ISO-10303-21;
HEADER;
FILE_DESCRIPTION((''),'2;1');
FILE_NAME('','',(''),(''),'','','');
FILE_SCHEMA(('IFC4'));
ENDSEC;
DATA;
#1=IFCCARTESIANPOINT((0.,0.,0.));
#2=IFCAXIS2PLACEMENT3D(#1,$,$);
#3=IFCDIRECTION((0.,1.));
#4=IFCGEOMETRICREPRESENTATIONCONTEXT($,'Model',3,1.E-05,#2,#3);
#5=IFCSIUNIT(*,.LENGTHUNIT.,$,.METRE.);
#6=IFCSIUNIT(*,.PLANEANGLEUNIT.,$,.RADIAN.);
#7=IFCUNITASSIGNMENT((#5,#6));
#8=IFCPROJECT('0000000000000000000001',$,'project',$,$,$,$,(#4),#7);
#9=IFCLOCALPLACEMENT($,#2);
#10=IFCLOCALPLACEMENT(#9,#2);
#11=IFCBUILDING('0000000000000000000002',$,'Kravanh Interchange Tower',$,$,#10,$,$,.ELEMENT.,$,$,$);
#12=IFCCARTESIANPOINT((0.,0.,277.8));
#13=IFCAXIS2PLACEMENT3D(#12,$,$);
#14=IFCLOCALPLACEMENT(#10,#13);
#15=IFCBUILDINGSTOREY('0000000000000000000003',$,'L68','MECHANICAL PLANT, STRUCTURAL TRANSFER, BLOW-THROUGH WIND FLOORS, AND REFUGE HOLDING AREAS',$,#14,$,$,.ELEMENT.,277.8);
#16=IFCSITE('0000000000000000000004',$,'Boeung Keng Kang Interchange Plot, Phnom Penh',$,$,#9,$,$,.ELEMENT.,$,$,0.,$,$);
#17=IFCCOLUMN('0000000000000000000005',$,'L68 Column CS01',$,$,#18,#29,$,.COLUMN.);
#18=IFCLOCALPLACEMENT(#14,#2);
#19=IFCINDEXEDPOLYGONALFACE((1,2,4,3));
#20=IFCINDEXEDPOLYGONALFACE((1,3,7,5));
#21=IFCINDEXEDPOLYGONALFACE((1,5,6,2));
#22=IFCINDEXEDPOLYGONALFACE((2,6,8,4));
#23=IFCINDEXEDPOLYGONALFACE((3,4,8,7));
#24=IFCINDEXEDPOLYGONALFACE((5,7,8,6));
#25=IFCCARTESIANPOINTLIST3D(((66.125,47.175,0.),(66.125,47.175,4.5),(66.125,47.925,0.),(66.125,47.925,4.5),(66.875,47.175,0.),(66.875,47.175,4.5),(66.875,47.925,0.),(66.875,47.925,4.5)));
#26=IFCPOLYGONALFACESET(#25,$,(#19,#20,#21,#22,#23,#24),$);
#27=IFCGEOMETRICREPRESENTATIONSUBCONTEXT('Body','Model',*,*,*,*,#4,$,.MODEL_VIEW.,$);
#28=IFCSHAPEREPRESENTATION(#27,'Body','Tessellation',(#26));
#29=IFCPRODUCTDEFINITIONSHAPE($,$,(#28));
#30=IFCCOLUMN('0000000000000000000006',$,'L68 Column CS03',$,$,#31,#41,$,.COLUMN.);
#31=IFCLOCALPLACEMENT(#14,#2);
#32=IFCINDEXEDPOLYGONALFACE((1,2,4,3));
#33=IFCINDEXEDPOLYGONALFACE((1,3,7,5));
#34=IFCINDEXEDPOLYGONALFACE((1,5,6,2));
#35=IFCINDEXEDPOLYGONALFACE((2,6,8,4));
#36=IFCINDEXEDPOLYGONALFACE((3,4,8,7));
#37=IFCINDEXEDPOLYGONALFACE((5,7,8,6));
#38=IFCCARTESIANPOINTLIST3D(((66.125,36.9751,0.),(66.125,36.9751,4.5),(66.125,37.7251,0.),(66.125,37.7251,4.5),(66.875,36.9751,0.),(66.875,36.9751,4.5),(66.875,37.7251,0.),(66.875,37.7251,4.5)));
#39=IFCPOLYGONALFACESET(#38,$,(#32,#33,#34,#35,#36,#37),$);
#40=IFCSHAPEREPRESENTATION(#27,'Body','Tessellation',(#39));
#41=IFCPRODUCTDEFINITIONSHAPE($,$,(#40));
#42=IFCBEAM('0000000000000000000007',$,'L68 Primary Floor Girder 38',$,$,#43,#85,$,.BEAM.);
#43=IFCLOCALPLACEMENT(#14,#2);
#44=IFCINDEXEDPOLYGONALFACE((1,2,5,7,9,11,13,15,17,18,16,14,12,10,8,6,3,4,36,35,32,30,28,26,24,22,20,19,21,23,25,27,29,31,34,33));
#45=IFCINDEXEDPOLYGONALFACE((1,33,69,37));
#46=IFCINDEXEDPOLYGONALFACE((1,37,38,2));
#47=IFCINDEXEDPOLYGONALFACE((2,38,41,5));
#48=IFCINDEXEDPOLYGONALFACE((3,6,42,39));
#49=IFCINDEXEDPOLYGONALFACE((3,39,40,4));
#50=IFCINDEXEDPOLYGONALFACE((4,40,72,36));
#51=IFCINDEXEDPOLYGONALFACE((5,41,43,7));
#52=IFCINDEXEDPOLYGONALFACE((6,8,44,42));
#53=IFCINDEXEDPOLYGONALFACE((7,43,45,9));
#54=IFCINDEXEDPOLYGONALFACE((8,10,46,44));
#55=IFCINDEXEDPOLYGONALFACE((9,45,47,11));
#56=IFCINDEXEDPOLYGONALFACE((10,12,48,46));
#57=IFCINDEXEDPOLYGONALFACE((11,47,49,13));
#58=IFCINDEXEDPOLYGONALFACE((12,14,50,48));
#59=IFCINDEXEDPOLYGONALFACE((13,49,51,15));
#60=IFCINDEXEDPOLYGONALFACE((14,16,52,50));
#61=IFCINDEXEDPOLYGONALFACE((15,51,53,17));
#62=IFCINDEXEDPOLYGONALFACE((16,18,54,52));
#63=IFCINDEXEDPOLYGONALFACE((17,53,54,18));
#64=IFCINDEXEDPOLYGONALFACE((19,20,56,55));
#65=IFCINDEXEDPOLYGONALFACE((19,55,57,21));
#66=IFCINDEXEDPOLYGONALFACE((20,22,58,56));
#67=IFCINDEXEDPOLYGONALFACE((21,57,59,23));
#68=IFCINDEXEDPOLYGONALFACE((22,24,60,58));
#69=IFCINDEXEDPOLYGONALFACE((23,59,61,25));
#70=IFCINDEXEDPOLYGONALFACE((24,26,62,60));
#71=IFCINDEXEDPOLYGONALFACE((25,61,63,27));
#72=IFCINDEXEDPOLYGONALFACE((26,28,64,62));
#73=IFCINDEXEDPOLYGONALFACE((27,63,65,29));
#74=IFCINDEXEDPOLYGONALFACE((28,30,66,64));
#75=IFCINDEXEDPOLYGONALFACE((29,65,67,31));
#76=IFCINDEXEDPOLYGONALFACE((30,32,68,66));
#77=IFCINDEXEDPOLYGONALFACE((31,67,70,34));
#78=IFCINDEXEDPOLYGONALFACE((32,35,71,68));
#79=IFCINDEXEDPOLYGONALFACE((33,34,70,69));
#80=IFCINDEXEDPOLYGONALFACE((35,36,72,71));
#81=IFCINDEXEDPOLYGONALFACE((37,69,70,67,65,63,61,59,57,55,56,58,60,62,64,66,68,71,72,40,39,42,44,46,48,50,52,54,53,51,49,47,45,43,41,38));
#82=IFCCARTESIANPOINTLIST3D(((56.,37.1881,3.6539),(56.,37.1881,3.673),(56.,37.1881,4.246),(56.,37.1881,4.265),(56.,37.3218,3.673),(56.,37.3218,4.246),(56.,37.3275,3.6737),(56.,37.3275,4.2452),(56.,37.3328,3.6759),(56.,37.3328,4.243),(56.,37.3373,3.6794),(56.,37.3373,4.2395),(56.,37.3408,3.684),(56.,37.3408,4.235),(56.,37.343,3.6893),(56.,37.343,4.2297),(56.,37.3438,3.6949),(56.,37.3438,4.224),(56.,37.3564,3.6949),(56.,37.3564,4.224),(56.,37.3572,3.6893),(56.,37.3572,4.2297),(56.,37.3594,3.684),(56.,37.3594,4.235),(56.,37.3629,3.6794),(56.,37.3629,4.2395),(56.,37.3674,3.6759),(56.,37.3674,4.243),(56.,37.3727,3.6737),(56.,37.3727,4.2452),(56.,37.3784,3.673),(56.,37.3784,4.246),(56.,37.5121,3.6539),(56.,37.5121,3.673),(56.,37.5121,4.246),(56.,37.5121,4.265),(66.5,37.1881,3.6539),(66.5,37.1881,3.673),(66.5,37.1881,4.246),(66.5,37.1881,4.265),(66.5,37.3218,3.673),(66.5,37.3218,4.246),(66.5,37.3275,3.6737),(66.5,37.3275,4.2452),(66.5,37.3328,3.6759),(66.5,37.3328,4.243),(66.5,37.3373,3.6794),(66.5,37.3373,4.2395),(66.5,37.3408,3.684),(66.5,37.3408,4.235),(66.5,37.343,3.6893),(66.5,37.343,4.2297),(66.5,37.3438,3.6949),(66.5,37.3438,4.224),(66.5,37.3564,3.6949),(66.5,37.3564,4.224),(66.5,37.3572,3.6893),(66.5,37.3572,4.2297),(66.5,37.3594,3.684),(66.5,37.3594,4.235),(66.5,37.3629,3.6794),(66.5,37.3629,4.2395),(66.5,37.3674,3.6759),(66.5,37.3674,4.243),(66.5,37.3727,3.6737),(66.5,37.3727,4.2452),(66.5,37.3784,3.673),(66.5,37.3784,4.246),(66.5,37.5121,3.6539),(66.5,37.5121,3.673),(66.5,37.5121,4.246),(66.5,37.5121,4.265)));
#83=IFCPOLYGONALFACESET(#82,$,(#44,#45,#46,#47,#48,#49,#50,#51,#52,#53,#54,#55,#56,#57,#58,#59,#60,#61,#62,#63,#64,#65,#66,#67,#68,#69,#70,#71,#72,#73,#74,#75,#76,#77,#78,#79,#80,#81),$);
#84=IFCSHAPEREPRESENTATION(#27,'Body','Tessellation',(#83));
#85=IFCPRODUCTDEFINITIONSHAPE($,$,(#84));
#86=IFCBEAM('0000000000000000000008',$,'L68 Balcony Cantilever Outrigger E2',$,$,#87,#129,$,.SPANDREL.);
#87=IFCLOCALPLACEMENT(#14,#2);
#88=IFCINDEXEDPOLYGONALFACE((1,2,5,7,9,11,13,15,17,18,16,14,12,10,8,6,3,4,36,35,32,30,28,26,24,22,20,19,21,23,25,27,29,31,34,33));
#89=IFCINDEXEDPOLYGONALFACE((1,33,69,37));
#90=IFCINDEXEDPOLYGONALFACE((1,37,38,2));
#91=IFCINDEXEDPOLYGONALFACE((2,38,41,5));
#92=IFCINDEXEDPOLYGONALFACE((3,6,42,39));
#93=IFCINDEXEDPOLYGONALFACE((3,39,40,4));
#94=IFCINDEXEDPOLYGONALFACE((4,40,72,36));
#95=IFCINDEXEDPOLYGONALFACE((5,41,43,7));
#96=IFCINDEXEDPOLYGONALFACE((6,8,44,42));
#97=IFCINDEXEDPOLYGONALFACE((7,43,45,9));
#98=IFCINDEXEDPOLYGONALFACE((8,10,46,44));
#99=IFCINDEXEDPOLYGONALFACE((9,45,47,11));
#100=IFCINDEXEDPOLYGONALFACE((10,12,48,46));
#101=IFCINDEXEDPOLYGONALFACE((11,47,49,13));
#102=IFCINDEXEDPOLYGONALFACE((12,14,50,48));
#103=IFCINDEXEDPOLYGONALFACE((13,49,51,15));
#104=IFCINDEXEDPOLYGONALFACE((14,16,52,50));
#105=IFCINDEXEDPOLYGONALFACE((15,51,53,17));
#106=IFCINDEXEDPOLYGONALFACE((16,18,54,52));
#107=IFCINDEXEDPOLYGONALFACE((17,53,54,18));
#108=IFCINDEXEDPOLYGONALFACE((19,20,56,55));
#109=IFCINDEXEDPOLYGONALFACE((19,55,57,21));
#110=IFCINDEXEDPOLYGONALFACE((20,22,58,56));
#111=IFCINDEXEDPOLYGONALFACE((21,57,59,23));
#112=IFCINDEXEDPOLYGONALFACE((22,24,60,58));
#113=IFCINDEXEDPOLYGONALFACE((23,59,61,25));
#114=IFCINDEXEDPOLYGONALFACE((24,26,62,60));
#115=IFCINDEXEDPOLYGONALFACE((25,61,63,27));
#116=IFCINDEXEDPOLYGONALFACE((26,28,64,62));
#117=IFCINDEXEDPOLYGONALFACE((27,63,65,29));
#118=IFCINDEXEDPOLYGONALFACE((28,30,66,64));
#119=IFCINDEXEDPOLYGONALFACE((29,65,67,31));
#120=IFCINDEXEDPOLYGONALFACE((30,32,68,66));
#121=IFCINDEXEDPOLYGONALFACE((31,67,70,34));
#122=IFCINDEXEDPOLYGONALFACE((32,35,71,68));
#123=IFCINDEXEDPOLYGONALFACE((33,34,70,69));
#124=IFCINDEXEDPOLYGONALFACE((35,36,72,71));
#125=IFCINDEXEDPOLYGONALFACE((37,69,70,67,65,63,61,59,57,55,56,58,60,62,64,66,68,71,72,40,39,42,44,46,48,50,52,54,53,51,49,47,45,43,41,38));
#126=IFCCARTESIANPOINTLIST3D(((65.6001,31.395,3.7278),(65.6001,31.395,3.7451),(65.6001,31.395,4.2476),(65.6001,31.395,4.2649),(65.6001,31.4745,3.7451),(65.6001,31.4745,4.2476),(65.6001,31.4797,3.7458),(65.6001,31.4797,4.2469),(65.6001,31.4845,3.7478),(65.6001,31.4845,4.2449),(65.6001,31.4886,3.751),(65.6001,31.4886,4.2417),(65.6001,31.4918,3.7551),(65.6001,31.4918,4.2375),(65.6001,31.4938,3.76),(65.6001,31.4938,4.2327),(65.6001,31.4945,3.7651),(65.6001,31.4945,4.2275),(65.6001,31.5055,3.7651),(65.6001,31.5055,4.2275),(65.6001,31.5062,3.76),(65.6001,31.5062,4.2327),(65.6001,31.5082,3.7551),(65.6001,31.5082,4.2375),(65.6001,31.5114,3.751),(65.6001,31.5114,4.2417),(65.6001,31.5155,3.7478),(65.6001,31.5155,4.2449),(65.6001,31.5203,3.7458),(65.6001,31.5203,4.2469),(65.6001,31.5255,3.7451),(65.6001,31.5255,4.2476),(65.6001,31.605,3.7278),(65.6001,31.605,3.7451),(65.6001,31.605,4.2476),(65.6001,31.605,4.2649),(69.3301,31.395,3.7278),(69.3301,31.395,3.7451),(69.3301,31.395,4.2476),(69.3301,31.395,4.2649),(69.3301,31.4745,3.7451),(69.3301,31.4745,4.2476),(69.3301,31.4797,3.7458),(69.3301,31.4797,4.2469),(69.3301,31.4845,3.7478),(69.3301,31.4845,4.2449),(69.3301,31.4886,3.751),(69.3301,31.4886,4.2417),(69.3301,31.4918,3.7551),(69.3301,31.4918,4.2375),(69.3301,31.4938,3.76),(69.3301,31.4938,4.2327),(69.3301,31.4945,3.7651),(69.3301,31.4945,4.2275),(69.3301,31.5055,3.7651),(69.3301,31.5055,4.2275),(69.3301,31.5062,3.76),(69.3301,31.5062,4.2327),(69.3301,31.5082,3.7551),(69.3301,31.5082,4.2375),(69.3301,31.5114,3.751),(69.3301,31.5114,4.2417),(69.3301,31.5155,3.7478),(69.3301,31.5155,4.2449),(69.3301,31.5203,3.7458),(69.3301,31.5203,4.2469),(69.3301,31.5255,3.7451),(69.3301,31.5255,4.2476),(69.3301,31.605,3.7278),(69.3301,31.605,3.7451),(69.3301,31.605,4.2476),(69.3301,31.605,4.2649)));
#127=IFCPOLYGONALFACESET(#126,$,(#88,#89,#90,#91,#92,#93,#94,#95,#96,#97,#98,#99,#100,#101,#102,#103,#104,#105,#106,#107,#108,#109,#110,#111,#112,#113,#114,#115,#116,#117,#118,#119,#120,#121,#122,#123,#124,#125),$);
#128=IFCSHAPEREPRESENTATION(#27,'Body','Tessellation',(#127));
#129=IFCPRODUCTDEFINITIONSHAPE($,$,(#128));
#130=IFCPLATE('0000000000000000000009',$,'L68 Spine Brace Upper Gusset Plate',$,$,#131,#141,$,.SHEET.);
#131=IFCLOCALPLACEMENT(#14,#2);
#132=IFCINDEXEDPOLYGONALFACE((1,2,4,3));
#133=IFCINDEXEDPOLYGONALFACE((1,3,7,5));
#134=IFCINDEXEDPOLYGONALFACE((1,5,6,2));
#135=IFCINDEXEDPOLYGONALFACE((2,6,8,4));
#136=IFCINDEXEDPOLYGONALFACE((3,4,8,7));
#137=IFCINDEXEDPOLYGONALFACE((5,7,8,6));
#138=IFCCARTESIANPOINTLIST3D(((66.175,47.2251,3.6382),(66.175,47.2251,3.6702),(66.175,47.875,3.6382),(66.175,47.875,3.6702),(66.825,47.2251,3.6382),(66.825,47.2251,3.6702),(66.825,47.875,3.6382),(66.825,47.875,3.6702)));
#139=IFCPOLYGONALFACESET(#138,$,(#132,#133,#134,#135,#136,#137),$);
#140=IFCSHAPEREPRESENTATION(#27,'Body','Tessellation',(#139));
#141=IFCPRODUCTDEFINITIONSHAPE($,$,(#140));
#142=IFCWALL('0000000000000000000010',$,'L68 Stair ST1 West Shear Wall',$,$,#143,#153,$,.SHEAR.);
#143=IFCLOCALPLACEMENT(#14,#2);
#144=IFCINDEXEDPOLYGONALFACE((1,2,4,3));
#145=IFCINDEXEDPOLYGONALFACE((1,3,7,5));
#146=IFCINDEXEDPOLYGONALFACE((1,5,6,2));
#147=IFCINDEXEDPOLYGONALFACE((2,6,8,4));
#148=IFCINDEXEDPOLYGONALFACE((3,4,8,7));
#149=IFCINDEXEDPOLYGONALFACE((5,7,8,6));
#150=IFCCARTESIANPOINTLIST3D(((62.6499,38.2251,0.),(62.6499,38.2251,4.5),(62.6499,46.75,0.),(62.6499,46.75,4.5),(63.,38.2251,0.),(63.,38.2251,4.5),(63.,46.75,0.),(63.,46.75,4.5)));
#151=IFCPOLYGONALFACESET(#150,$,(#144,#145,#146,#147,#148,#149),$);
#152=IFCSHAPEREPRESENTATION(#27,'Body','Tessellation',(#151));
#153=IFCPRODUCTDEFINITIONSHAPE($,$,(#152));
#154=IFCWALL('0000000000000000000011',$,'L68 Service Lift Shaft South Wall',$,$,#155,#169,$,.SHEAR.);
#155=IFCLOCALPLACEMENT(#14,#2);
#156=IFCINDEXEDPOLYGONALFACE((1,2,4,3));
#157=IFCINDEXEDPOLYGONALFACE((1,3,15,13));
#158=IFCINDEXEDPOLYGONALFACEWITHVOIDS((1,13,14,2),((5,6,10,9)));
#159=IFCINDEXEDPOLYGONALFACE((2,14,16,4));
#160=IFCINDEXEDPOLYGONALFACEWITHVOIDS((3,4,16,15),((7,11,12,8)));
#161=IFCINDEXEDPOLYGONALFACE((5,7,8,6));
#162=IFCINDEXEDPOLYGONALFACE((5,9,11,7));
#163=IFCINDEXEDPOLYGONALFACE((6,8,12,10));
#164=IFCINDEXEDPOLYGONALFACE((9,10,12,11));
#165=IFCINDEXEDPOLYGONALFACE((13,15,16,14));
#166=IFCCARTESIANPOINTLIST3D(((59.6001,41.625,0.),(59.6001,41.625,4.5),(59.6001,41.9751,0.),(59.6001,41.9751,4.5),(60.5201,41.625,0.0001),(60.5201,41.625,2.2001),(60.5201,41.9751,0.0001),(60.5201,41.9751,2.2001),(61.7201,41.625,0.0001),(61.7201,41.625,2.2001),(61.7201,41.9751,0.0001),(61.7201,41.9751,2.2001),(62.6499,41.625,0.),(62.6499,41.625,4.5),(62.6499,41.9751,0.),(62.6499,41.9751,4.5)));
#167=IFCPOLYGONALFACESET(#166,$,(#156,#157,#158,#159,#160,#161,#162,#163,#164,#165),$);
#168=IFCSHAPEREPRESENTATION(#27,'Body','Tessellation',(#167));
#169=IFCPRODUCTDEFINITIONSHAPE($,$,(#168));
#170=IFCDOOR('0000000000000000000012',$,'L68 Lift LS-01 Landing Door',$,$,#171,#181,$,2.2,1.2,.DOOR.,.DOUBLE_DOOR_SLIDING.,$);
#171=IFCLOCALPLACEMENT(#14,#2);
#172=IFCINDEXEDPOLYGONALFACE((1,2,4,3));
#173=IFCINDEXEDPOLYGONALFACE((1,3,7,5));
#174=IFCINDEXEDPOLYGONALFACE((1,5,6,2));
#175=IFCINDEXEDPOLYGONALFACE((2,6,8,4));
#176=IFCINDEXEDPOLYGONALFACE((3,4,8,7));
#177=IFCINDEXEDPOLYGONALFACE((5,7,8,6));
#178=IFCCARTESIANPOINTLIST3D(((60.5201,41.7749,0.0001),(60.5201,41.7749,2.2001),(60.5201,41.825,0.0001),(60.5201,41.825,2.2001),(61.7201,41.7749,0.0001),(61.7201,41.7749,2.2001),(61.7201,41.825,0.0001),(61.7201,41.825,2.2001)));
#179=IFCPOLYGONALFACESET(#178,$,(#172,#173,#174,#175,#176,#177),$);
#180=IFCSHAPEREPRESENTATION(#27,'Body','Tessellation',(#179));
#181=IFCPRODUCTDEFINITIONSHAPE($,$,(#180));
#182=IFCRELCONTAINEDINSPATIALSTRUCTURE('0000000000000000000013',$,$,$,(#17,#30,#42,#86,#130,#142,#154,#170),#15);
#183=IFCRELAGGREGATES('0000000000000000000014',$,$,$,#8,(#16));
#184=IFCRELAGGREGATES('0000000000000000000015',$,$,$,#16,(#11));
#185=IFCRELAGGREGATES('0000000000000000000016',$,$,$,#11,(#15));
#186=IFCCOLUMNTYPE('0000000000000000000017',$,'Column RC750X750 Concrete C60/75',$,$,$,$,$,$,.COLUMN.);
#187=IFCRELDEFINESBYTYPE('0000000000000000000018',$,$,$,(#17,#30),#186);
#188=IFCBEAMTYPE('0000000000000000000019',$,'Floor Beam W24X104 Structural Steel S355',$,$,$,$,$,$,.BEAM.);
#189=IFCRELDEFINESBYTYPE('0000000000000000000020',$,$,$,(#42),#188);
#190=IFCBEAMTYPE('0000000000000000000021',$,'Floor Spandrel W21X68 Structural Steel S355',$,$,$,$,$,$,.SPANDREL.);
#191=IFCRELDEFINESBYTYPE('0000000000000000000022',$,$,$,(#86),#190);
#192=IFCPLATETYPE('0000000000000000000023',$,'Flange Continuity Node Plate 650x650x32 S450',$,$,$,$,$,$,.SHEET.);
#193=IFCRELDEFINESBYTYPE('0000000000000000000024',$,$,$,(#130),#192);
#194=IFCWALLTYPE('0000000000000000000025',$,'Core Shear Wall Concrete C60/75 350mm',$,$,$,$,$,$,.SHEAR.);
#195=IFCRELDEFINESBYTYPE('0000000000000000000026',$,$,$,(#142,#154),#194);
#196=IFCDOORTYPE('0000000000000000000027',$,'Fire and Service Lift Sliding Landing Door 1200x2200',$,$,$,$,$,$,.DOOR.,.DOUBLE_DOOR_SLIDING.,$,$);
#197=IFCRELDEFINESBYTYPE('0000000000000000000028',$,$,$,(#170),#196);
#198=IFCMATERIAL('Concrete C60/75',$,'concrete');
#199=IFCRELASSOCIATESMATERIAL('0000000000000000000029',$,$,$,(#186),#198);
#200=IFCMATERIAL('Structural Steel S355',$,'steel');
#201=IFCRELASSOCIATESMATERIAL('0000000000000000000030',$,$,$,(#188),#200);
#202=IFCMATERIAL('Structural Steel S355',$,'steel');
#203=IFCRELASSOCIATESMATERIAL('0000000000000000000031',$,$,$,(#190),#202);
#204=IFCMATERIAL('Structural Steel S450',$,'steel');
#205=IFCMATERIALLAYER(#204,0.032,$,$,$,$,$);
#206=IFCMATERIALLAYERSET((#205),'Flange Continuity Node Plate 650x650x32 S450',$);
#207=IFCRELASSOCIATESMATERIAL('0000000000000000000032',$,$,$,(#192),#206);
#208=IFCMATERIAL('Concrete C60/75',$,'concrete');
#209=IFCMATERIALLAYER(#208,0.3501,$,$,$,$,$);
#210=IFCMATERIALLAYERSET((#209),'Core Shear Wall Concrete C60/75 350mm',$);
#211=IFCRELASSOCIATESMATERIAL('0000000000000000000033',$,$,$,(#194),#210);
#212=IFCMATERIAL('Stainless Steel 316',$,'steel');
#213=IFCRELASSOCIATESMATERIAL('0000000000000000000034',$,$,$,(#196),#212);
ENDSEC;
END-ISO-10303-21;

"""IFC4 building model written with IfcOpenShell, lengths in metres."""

from ifc_helpers import new_model, si_unit, direction, frame, frame_2d, origin, origin_2d, place, context, subcontext, project, spatial, rectangle, i_section, extrude, material, layer, layer_set, material_profile, profile_set, type_object, element, fill, save


model = new_model("IFC4")

# Units and contexts
model_context = context("Model", 3, precision=1e-05, world=origin(), true_north=direction((0.0, 1.0)))
body_context = subcontext(model_context, "Body", "Model", "MODEL_VIEW")
ifc_project = project(units=[si_unit("LENGTHUNIT", "METRE"), si_unit("PLANEANGLEUNIT", "RADIAN")], contexts=[model_context])

# Site, building, storey
site_placement = place(None, origin())
site = spatial("IfcSite", under=ifc_project, at=site_placement, Name="Boeung Keng Kang Interchange Plot, Phnom Penh", CompositionType="ELEMENT", RefElevation=0.0)
building_placement = place(site_placement, origin())
building = spatial("IfcBuilding", under=site, at=building_placement, Name="Kravanh Interchange Tower", CompositionType="ELEMENT")
storey_placement = place(building_placement, frame((0.0, 0.0, 277.8)))
storey = spatial("IfcBuildingStorey", under=building, at=storey_placement, Name="L68", Description="MECHANICAL PLANT, STRUCTURAL TRANSFER, BLOW-THROUGH WIND FLOORS, AND REFUGE HOLDING AREAS", CompositionType="ELEMENT", Elevation=277.8)

# Columns
ifc_material_1 = material(Name="Concrete C60/75", Category="concrete")
ifc_material_profile_1 = material_profile(ifc_material_1, rectangle(XDim=0.75, YDim=0.75, at=origin_2d()), Name="RC750X750")
ifc_profile_set_1 = profile_set([ifc_material_profile_1], Name="Concrete C60/75")
column_type = type_object("IfcColumnType", Name="Column RC750X750 Concrete C60/75", PredefinedType="COLUMN", material=ifc_profile_set_1)
for number, where, z_axis, x_axis, name in (
    (1, (66.5, 47.55, 0.0), (0.0, 0.0, 1.0), (1.0, 0.0, 0.0), "L68 Column CS01"),
    (2, (66.5, 37.3501, 0.0), (0.0, 0.0, 1.0), (1.0, 0.0, 0.0), "L68 Column CS03"),
):
    element("IfcColumn", number, at=place(storey_placement, frame(where, z_axis=z_axis, x_axis=x_axis)), inside=storey, type_object=column_type, Name=name, PredefinedType="COLUMN", context=body_context, shape_type="SweptSolid", body=[
        extrude(rectangle(XDim=0.75, YDim=0.75, at=origin_2d()), origin(), (0.0, 0.0, 1.0), 4.5),
    ])

# Beams
ifc_material_2 = material(Name="Structural Steel S355", Category="steel")
ifc_material_profile_2 = material_profile(ifc_material_2, i_section(OverallWidth=0.324, OverallDepth=0.6111, WebThickness=0.0127, FlangeThickness=0.019, FilletRadius=0.022, at=origin_2d()), Name="W24X104")
ifc_profile_set_2 = profile_set([ifc_material_profile_2], Name="Structural Steel S355")
beam_type_1 = type_object("IfcBeamType", Name="Floor Beam W24X104 Structural Steel S355", PredefinedType="BEAM", material=ifc_profile_set_2)
beam_1_placement = place(storey_placement, frame((66.5, 37.3501, 3.9595), z_axis=(-1.0, 0.0, 0.0), x_axis=(0.0, -1.0, 0.0)))
element("IfcBeam", 3, at=beam_1_placement, inside=storey, type_object=beam_type_1, Name="L68 Primary Floor Girder 38", PredefinedType="BEAM", context=body_context, shape_type="SweptSolid", body=[
    extrude(i_section(OverallWidth=0.324, OverallDepth=0.6111, WebThickness=0.0127, FlangeThickness=0.019, FilletRadius=0.022, at=origin_2d()), origin(), (0.0, 0.0, 1.0), 10.5),
])
ifc_material_3 = material(Name="Structural Steel S355", Category="steel")
ifc_material_profile_3 = material_profile(ifc_material_3, i_section(OverallWidth=0.21, OverallDepth=0.5371, WebThickness=0.011, FlangeThickness=0.0173, FilletRadius=0.02, at=origin_2d()), Name="W21X68")
ifc_profile_set_3 = profile_set([ifc_material_profile_3], Name="Structural Steel S355")
beam_type_2 = type_object("IfcBeamType", Name="Floor Spandrel W21X68 Structural Steel S355", PredefinedType="SPANDREL", material=ifc_profile_set_3)
beam_2_placement = place(storey_placement, frame((65.6001, 31.5, 3.9963), z_axis=(1.0, 0.0, 0.0), x_axis=(0.0, 1.0, 0.0)))
element("IfcBeam", 4, at=beam_2_placement, inside=storey, type_object=beam_type_2, Name="L68 Balcony Cantilever Outrigger E2", PredefinedType="SPANDREL", context=body_context, shape_type="SweptSolid", body=[
    extrude(i_section(OverallWidth=0.21, OverallDepth=0.5371, WebThickness=0.011, FlangeThickness=0.0173, FilletRadius=0.02, at=origin_2d()), origin(), (0.0, 0.0, 1.0), 3.73),
])

# Plate
ifc_material_4 = material(Name="Structural Steel S450", Category="steel")
ifc_layer_1 = layer(ifc_material_4, 0.032)
ifc_layer_set_1 = layer_set([ifc_layer_1], Name="Flange Continuity Node Plate 650x650x32 S450")
plate_type = type_object("IfcPlateType", Name="Flange Continuity Node Plate 650x650x32 S450", PredefinedType="SHEET", material=ifc_layer_set_1)
plate_placement = place(storey_placement, frame((66.5, 47.55, 3.6382), z_axis=(0.0, 0.0, 1.0), x_axis=(1.0, 0.0, 0.0)))
element("IfcPlate", 5, at=plate_placement, inside=storey, type_object=plate_type, Name="L68 Spine Brace Upper Gusset Plate", PredefinedType="SHEET", context=body_context, shape_type="SweptSolid", body=[
    extrude(rectangle(XDim=0.6499, YDim=0.6499, at=origin_2d()), origin(), (0.0, 0.0, 1.0), 0.032),
])

# Wall
ifc_material_5 = material(Name="Concrete C60/75", Category="concrete")
ifc_layer_2 = layer(ifc_material_5, 0.3501)
ifc_layer_set_2 = layer_set([ifc_layer_2], Name="Core Shear Wall Concrete C60/75 350mm")
wall_type_1 = type_object("IfcWallType", Name="Core Shear Wall Concrete C60/75 350mm", PredefinedType="SHEAR", material=ifc_layer_set_2)
wall_1_placement = place(storey_placement, frame((62.825, 38.2251, 0.0), z_axis=(0.0, 0.0, 1.0), x_axis=(0.0, 1.0, 0.0)))
element("IfcWall", 6, at=wall_1_placement, inside=storey, type_object=wall_type_1, Name="L68 Stair ST1 West Shear Wall", PredefinedType="SHEAR", context=body_context, shape_type="SweptSolid", body=[
    extrude(rectangle(XDim=8.5249, YDim=0.3501, at=frame_2d((4.2625, 0.0))), origin(), (0.0, 0.0, 1.0), 4.5),
])

# Wall, opening, door
wall_2_placement = place(storey_placement, frame((59.6001, 41.8, 0.0), z_axis=(0.0, 0.0, 1.0), x_axis=(1.0, 0.0, 0.0)))
wall_2 = element("IfcWall", 7, at=wall_2_placement, inside=storey, type_object=wall_type_1, Name="L68 Service Lift Shaft South Wall", PredefinedType="SHEAR", context=body_context, shape_type="SweptSolid", body=[
    extrude(rectangle(XDim=3.0498, YDim=0.3501, at=frame_2d((1.5249, 0.0))), origin(), (0.0, 0.0, 1.0), 4.5),
])
opening_placement = place(wall_2_placement, frame((0.9199, 0.0, 0.0)))
opening = element("IfcOpeningElement", 8, at=opening_placement, cuts=wall_2, PredefinedType="OPENING", context=body_context, shape_type="SweptSolid", body=[
    extrude(rectangle(XDim=1.2, YDim=2.2, at=frame_2d((0.6001, 1.1001))), frame((0.0, 0.1851, 0.0), z_axis=(0.0, -1.0, 0.0), x_axis=(1.0, 0.0, 0.0)), (0.0, 0.0, 1.0), 0.3701),
])
ifc_material_6 = material(Name="Stainless Steel 316", Category="steel")
door_type = type_object("IfcDoorType", Name="Fire and Service Lift Sliding Landing Door 1200x2200", OperationType="DOUBLE_DOOR_SLIDING", PredefinedType="DOOR", material=ifc_material_6)
door_placement = place(opening_placement, origin())
door = element("IfcDoor", 9, at=door_placement, inside=storey, type_object=door_type, Name="L68 Lift LS-01 Landing Door", OperationType="DOUBLE_DOOR_SLIDING", OverallHeight=2.2, OverallWidth=1.2, PredefinedType="DOOR", context=body_context, shape_type="SweptSolid", body=[
    extrude(rectangle(XDim=1.2, YDim=2.2, at=frame_2d((0.6001, 1.1001))), frame((0.0, 0.0249, 0.0), z_axis=(0.0, -1.0, 0.0), x_axis=(1.0, 0.0, 0.0)), (0.0, 0.0, 1.0), 0.05),
])
fill(opening, door)

save(model, "model.ifc")
